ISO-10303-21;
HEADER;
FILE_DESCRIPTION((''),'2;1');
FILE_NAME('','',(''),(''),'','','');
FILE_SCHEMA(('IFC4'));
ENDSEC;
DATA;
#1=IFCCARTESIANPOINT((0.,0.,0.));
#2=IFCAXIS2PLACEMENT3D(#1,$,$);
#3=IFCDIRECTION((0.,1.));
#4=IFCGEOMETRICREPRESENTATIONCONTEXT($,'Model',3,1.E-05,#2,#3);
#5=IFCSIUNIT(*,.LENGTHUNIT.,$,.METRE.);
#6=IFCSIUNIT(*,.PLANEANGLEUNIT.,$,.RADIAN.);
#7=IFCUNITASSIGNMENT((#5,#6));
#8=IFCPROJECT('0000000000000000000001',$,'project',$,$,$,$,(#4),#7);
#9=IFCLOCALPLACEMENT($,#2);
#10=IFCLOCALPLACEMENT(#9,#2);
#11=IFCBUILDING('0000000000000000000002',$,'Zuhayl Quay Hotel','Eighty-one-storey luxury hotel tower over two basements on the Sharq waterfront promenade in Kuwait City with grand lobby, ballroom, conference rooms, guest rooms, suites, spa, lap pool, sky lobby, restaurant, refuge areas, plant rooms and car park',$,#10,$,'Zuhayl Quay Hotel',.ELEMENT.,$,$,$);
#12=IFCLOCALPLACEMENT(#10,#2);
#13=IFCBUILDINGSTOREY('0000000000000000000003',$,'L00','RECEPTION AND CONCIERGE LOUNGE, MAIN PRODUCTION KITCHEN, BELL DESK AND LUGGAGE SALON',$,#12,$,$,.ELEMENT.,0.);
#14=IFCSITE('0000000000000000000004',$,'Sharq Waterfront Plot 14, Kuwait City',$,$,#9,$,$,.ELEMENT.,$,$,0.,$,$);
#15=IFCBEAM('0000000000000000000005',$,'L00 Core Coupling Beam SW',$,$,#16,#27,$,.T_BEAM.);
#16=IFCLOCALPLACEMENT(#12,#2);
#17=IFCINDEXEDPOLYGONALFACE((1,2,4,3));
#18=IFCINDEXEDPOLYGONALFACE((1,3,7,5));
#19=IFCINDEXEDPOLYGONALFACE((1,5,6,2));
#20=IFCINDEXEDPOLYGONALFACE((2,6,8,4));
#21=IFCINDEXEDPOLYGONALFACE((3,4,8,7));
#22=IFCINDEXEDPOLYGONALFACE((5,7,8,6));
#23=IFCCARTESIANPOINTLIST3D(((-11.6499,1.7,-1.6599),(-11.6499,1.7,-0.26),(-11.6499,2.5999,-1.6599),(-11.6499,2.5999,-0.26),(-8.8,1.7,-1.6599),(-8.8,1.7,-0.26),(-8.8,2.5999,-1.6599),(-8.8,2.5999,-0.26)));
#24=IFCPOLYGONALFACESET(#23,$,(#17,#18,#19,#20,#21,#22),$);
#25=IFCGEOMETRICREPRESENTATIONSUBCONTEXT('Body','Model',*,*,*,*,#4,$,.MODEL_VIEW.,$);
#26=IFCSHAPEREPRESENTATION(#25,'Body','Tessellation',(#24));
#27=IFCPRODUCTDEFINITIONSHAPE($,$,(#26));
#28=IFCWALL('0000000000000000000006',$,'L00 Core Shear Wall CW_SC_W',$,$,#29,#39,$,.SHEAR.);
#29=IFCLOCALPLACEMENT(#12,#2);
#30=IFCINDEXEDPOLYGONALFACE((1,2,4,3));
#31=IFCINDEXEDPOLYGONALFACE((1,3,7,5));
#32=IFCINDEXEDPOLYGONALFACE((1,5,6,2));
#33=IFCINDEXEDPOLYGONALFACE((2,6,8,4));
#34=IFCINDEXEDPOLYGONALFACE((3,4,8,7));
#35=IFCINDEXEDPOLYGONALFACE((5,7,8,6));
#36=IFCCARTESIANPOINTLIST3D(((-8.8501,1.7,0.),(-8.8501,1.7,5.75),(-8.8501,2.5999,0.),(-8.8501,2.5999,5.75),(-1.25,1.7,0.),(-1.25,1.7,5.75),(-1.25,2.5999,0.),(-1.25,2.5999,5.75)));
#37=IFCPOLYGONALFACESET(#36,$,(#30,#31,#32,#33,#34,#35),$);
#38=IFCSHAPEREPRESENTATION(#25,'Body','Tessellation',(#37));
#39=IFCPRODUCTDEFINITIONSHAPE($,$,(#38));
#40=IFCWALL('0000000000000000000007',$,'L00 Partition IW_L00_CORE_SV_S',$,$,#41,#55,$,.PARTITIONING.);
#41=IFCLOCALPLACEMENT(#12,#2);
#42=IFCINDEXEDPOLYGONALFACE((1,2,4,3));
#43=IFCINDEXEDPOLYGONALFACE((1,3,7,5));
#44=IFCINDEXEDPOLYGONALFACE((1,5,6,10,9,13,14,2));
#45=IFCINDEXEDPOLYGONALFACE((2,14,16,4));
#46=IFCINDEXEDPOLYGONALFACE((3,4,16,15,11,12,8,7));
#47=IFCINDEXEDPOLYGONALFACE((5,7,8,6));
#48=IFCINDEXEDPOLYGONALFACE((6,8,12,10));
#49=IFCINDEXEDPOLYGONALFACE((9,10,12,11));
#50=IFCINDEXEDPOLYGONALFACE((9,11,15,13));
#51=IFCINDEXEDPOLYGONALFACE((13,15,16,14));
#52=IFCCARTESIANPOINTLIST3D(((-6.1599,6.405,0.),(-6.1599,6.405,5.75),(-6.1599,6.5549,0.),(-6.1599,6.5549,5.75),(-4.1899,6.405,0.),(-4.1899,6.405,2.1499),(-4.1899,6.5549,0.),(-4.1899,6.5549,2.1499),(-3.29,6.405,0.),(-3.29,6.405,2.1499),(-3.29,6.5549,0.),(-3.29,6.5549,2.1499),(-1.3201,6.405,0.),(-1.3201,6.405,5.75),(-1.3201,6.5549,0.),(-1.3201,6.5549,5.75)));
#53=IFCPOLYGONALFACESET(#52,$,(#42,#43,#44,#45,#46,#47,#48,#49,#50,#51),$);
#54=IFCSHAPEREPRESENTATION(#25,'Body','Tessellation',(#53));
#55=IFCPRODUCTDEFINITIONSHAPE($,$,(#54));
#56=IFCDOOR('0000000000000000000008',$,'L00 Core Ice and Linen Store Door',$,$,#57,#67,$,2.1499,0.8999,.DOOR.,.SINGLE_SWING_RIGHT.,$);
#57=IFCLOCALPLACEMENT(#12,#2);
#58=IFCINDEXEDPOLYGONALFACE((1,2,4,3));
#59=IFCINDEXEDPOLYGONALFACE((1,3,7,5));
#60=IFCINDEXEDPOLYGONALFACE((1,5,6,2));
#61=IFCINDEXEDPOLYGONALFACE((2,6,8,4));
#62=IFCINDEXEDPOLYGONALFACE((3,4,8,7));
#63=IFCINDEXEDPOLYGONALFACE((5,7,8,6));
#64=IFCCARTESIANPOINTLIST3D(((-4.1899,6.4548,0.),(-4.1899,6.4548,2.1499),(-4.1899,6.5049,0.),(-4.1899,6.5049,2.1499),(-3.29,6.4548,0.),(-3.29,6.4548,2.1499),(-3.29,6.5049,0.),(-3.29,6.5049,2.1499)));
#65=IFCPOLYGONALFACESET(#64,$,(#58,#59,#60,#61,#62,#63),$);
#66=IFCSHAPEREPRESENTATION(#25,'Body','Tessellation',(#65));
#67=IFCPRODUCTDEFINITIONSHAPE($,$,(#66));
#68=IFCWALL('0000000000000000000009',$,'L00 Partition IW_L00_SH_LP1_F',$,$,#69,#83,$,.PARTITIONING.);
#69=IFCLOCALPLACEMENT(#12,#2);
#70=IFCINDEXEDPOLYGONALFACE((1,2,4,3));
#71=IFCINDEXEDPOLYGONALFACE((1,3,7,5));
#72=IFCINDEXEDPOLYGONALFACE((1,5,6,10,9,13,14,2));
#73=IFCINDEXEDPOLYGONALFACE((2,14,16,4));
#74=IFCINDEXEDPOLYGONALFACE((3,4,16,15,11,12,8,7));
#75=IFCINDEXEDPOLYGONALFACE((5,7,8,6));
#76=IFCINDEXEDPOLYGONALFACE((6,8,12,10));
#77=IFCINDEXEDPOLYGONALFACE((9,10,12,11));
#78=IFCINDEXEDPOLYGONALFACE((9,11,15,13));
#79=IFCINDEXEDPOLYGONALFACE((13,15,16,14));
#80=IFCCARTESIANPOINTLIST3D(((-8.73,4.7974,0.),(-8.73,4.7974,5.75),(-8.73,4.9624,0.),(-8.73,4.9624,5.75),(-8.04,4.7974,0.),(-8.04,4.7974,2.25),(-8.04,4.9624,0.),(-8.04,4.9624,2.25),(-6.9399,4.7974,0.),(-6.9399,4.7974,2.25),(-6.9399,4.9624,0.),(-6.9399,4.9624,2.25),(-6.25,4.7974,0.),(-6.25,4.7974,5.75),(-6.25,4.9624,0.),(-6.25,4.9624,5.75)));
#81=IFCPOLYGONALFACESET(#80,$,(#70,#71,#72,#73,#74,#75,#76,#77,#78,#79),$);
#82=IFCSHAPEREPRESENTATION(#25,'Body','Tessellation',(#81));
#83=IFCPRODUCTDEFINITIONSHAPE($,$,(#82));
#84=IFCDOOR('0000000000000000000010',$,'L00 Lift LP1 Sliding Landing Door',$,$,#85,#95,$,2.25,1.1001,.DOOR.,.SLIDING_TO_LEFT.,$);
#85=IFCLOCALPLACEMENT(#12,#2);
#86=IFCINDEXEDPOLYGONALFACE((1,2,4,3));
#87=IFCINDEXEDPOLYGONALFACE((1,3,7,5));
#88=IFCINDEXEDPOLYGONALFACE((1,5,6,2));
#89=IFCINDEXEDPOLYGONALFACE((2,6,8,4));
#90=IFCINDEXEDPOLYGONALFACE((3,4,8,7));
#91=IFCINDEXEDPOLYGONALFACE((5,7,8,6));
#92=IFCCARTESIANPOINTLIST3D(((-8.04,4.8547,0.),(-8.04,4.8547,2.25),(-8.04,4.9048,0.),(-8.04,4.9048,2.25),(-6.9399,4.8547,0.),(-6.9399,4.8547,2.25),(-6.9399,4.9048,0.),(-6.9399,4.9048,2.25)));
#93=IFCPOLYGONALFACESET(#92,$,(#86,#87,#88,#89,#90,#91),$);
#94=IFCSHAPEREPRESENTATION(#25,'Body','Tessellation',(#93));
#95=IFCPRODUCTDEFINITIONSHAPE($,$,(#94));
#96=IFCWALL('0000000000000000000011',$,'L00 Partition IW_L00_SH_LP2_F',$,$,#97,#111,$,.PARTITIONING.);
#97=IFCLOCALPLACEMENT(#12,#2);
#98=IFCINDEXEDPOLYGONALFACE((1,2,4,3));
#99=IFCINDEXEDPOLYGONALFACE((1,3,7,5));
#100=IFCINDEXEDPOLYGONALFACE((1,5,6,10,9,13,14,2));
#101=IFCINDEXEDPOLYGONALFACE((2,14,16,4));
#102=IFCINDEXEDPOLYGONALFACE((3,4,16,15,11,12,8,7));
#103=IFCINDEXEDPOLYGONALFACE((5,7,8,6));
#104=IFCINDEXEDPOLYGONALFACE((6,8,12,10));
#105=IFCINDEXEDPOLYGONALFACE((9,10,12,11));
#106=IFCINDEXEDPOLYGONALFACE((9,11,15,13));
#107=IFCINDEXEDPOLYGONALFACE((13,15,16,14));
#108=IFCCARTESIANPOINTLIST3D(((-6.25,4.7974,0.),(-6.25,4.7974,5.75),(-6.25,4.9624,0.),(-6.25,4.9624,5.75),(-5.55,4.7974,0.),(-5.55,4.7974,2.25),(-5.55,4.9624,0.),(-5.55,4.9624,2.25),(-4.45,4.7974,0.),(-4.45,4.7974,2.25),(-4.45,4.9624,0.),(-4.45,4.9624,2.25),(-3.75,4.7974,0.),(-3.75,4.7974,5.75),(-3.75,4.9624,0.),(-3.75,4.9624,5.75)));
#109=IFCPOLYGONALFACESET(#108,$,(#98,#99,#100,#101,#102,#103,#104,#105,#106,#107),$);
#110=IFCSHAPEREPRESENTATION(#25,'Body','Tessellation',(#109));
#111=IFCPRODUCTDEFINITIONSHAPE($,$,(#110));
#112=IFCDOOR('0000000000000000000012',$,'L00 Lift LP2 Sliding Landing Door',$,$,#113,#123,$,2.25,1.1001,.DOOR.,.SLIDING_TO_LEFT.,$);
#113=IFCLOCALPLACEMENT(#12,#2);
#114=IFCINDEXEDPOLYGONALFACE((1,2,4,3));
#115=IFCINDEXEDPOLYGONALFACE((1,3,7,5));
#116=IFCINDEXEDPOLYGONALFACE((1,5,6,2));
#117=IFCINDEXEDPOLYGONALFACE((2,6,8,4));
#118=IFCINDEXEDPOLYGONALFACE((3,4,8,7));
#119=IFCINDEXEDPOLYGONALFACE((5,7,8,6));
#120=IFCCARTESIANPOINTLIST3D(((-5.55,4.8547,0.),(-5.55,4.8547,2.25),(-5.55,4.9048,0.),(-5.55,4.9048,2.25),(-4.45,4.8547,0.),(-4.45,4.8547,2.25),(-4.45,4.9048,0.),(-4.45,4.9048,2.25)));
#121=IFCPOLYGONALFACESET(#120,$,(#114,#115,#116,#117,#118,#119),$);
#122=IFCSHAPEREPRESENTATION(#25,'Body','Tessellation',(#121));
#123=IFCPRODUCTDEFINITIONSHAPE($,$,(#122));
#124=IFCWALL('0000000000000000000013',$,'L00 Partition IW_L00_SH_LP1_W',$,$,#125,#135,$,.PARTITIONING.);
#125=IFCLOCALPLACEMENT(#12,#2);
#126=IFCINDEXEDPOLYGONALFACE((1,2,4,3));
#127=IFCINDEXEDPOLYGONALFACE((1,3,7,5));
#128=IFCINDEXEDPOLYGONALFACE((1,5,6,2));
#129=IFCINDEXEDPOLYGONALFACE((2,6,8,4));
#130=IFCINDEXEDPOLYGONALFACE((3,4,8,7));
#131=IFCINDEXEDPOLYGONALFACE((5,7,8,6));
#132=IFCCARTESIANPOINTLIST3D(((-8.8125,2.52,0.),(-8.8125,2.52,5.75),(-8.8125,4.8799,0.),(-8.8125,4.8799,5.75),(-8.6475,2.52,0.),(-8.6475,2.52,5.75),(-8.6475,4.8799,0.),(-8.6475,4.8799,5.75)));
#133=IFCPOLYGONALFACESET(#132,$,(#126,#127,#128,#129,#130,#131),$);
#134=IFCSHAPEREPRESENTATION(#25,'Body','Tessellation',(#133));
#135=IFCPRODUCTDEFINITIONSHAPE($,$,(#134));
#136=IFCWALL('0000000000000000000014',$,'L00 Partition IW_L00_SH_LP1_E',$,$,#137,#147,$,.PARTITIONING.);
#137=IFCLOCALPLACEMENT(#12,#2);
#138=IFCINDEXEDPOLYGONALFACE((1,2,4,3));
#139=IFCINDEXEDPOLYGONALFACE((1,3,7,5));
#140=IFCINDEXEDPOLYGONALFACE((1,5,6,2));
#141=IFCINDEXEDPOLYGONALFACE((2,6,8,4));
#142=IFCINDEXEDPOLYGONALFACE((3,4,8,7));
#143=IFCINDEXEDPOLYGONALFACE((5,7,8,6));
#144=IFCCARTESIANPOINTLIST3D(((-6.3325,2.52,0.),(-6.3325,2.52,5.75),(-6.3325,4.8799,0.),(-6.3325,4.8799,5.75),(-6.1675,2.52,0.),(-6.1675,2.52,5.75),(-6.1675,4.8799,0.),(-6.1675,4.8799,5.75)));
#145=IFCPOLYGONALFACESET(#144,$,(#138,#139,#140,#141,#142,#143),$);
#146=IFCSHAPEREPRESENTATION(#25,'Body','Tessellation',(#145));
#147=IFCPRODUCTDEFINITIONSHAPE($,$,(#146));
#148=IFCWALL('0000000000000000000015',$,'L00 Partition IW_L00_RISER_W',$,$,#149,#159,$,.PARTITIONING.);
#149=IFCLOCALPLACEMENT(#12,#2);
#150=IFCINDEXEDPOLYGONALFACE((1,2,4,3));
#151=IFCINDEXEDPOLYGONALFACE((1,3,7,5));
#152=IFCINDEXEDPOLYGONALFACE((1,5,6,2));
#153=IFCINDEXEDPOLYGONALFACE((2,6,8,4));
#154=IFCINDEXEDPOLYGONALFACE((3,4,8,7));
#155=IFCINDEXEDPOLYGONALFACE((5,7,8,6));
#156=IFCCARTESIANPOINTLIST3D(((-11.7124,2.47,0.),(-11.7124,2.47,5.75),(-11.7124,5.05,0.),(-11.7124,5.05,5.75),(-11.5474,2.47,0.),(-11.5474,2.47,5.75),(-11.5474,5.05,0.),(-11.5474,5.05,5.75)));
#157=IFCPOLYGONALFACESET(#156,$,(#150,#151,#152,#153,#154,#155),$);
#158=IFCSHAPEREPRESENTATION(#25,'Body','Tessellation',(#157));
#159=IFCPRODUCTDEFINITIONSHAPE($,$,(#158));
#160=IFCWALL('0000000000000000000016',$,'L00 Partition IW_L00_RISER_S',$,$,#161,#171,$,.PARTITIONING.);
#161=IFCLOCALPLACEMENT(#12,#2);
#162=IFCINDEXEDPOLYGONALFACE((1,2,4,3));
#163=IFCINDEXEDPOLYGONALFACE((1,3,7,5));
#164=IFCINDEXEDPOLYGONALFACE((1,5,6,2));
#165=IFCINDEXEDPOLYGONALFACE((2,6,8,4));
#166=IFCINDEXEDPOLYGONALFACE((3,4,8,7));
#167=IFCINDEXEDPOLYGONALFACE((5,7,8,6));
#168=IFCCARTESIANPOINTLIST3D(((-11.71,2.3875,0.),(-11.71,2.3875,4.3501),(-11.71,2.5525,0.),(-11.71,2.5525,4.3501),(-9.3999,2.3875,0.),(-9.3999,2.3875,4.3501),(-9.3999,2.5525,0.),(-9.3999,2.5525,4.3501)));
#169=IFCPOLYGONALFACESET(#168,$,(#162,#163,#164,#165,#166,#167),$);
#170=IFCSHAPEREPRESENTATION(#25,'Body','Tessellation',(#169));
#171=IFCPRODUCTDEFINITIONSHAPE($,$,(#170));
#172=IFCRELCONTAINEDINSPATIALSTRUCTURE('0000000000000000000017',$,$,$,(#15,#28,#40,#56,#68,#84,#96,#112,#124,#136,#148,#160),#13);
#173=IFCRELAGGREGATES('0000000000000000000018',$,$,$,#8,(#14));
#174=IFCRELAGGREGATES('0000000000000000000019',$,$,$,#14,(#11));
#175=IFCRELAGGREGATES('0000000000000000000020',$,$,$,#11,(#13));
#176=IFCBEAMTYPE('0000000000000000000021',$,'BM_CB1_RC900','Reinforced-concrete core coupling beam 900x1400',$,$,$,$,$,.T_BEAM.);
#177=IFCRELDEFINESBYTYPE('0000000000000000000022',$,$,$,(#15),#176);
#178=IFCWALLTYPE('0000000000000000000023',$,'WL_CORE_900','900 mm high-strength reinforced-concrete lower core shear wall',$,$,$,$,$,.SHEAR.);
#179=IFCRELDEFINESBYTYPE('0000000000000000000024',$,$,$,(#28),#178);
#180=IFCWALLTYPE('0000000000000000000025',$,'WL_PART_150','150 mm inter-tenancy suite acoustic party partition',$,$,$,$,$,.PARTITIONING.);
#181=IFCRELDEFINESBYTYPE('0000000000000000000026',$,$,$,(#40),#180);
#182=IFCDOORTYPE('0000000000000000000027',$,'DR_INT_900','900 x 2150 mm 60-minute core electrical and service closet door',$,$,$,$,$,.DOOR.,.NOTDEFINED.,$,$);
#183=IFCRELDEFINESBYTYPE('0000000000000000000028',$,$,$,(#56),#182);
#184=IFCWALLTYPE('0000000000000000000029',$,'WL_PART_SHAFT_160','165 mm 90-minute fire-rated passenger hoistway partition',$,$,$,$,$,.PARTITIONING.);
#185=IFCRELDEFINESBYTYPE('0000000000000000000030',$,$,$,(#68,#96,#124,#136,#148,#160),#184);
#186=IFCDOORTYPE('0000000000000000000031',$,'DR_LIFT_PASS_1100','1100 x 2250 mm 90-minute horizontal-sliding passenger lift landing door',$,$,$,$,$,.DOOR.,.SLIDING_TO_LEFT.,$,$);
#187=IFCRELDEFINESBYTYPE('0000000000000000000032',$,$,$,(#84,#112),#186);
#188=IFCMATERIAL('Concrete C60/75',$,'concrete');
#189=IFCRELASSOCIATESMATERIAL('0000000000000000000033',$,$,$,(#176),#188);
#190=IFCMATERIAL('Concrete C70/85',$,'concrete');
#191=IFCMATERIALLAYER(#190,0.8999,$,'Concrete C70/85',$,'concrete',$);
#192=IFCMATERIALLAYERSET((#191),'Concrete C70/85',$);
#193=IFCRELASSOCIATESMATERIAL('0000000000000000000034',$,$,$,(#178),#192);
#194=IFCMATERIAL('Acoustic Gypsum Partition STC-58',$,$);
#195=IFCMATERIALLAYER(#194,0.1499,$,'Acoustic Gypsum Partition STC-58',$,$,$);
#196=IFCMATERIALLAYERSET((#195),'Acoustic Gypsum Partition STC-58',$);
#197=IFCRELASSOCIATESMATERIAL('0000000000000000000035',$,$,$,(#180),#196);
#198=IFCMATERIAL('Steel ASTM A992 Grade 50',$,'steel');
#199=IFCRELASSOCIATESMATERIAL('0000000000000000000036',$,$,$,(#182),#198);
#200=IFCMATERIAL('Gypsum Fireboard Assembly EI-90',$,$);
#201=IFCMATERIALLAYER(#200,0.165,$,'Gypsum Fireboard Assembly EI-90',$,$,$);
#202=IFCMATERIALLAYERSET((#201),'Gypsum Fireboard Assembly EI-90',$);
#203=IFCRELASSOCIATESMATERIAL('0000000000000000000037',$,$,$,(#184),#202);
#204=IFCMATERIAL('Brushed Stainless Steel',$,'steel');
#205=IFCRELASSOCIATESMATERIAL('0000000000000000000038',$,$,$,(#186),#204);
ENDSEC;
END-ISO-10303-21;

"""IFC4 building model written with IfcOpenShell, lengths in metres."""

from ifc_helpers import new_model, si_unit, direction, frame, frame_2d, origin, origin_2d, place, context, subcontext, project, spatial, rectangle, extrude, material, layer, layer_set, material_profile, profile_set, type_object, element, fill, save


model = new_model("IFC4")

# Units and contexts
model_context = context("Model", 3, precision=1e-05, world=origin(), true_north=direction((0.0, 1.0)))
body_context = subcontext(model_context, "Body", "Model", "MODEL_VIEW")
ifc_project = project(units=[si_unit("LENGTHUNIT", "METRE"), si_unit("PLANEANGLEUNIT", "RADIAN")], contexts=[model_context])

# Site, building, storey
site_placement = place(None, origin())
site = spatial("IfcSite", under=ifc_project, at=site_placement, Name="Sharq Waterfront Plot 14, Kuwait City", CompositionType="ELEMENT", RefElevation=0.0)
building_placement = place(site_placement, origin())
building = spatial("IfcBuilding", under=site, at=building_placement, Name="Zuhayl Quay Hotel", Description="Eighty-one-storey luxury hotel tower over two basements on the Sharq waterfront promenade in Kuwait City with grand lobby, ballroom, conference rooms, guest rooms, suites, spa, lap pool, sky lobby, restaurant, refuge areas, plant rooms and car park", LongName="Zuhayl Quay Hotel", CompositionType="ELEMENT")
storey_placement = place(building_placement, origin())
storey = spatial("IfcBuildingStorey", under=building, at=storey_placement, Name="L00", Description="RECEPTION AND CONCIERGE LOUNGE, MAIN PRODUCTION KITCHEN, BELL DESK AND LUGGAGE SALON", CompositionType="ELEMENT", Elevation=0.0)

# Beam
ifc_material_1 = material(Name="Concrete C60/75", Category="concrete")
ifc_material_profile = material_profile(ifc_material_1, rectangle(XDim=0.8999, YDim=1.3999, at=origin_2d()), Name="RC900X1400")
ifc_profile_set = profile_set([ifc_material_profile], Name="Concrete C60/75")
beam_type = type_object("IfcBeamType", Name="BM_CB1_RC900", Description="Reinforced-concrete core coupling beam 900x1400", PredefinedType="T_BEAM", material=ifc_profile_set)
beam_placement = place(storey_placement, frame((-11.6499, 2.1499, -0.96), z_axis=(1.0, 0.0, 0.0), x_axis=(0.0, 1.0, 0.0)))
element("IfcBeam", 1, at=beam_placement, inside=storey, type_object=beam_type, Name="L00 Core Coupling Beam SW", PredefinedType="T_BEAM", context=body_context, shape_type="SweptSolid", body=[
    extrude(rectangle(XDim=0.8999, YDim=1.3999, at=origin_2d()), origin(), (0.0, 0.0, 1.0), 2.8499),
])

# Wall
ifc_material_2 = material(Name="Concrete C70/85", Category="concrete")
ifc_layer_1 = layer(ifc_material_2, 0.8999, Name="Concrete C70/85", Category="concrete")
ifc_layer_set_1 = layer_set([ifc_layer_1], Name="Concrete C70/85")
wall_type_1 = type_object("IfcWallType", Name="WL_CORE_900", Description="900 mm high-strength reinforced-concrete lower core shear wall", PredefinedType="SHEAR", material=ifc_layer_set_1)
wall_1_placement = place(storey_placement, frame((-8.8501, 2.1499, 0.0), z_axis=(0.0, 0.0, 1.0), x_axis=(1.0, 0.0, 0.0)))
element("IfcWall", 2, at=wall_1_placement, inside=storey, type_object=wall_type_1, Name="L00 Core Shear Wall CW_SC_W", PredefinedType="SHEAR", context=body_context, shape_type="SweptSolid", body=[
    extrude(rectangle(XDim=7.6001, YDim=0.8999, at=frame_2d((3.8, 0.0))), origin(), (0.0, 0.0, 1.0), 5.75),
])

# Walls, openings, doors
ifc_material_3 = material(Name="Acoustic Gypsum Partition STC-58")
ifc_layer_2 = layer(ifc_material_3, 0.1499, Name="Acoustic Gypsum Partition STC-58")
ifc_layer_set_2 = layer_set([ifc_layer_2], Name="Acoustic Gypsum Partition STC-58")
wall_type_2 = type_object("IfcWallType", Name="WL_PART_150", Description="150 mm inter-tenancy suite acoustic party partition", PredefinedType="PARTITIONING", material=ifc_layer_set_2)
wall_2_placement = place(storey_placement, frame((-6.1599, 6.48, 0.0), z_axis=(0.0, 0.0, 1.0), x_axis=(1.0, 0.0, 0.0)))
wall_2 = element("IfcWall", 3, at=wall_2_placement, inside=storey, type_object=wall_type_2, Name="L00 Partition IW_L00_CORE_SV_S", PredefinedType="PARTITIONING", context=body_context, shape_type="SweptSolid", body=[
    extrude(rectangle(XDim=4.8398, YDim=0.1499, at=frame_2d((2.4199, 0.0))), origin(), (0.0, 0.0, 1.0), 5.75),
])
opening_1_placement = place(wall_2_placement, frame((1.97, 0.0, 0.0)))
opening_1 = element("IfcOpeningElement", 4, at=opening_1_placement, cuts=wall_2, PredefinedType="OPENING", context=body_context, shape_type="SweptSolid", body=[
    extrude(rectangle(XDim=0.8999, YDim=2.1499, at=frame_2d((0.45, 1.075))), frame((0.0, 0.085, 0.0), z_axis=(0.0, -1.0, 0.0), x_axis=(1.0, 0.0, 0.0)), (0.0, 0.0, 1.0), 0.1699),
])
ifc_material_4 = material(Name="Steel ASTM A992 Grade 50", Category="steel")
door_type_1 = type_object("IfcDoorType", Name="DR_INT_900", Description="900 x 2150 mm 60-minute core electrical and service closet door", OperationType="NOTDEFINED", PredefinedType="DOOR", material=ifc_material_4)
door_1_placement = place(opening_1_placement, origin())
door_1 = element("IfcDoor", 5, at=door_1_placement, inside=storey, type_object=door_type_1, Name="L00 Core Ice and Linen Store Door", OperationType="SINGLE_SWING_RIGHT", OverallHeight=2.1499, OverallWidth=0.8999, PredefinedType="DOOR", context=body_context, shape_type="SweptSolid", body=[
    extrude(rectangle(XDim=0.8999, YDim=2.1499, at=frame_2d((0.45, 1.075))), frame((0.0, 0.0249, 0.0), z_axis=(0.0, -1.0, 0.0), x_axis=(1.0, 0.0, 0.0)), (0.0, 0.0, 1.0), 0.05),
])
fill(opening_1, door_1)
ifc_material_5 = material(Name="Gypsum Fireboard Assembly EI-90")
ifc_layer_3 = layer(ifc_material_5, 0.165, Name="Gypsum Fireboard Assembly EI-90")
ifc_layer_set_3 = layer_set([ifc_layer_3], Name="Gypsum Fireboard Assembly EI-90")
wall_type_3 = type_object("IfcWallType", Name="WL_PART_SHAFT_160", Description="165 mm 90-minute fire-rated passenger hoistway partition", PredefinedType="PARTITIONING", material=ifc_layer_set_3)
wall_3_placement = place(storey_placement, frame((-8.73, 4.8799, 0.0), z_axis=(0.0, 0.0, 1.0), x_axis=(1.0, 0.0, 0.0)))
wall_3 = element("IfcWall", 6, at=wall_3_placement, inside=storey, type_object=wall_type_3, Name="L00 Partition IW_L00_SH_LP1_F", PredefinedType="PARTITIONING", context=body_context, shape_type="SweptSolid", body=[
    extrude(rectangle(XDim=2.48, YDim=0.165, at=frame_2d((1.24, 0.0))), origin(), (0.0, 0.0, 1.0), 5.75),
])
opening_2_placement = place(wall_3_placement, frame((0.6899, 0.0, 0.0)))
opening_2 = element("IfcOpeningElement", 7, at=opening_2_placement, cuts=wall_3, PredefinedType="OPENING", context=body_context, shape_type="SweptSolid", body=[
    extrude(rectangle(XDim=1.1001, YDim=2.25, at=frame_2d((0.55, 1.125))), frame((0.0, 0.0925, 0.0), z_axis=(0.0, -1.0, 0.0), x_axis=(1.0, 0.0, 0.0)), (0.0, 0.0, 1.0), 0.1851),
])
ifc_material_6 = material(Name="Brushed Stainless Steel", Category="steel")
door_type_2 = type_object("IfcDoorType", Name="DR_LIFT_PASS_1100", Description="1100 x 2250 mm 90-minute horizontal-sliding passenger lift landing door", OperationType="SLIDING_TO_LEFT", PredefinedType="DOOR", material=ifc_material_6)
door_2_placement = place(opening_2_placement, origin())
door_2 = element("IfcDoor", 8, at=door_2_placement, inside=storey, type_object=door_type_2, Name="L00 Lift LP1 Sliding Landing Door", OperationType="SLIDING_TO_LEFT", OverallHeight=2.25, OverallWidth=1.1001, PredefinedType="DOOR", context=body_context, shape_type="SweptSolid", body=[
    extrude(rectangle(XDim=1.1001, YDim=2.25, at=frame_2d((0.55, 1.125))), frame((0.0, 0.0249, 0.0), z_axis=(0.0, -1.0, 0.0), x_axis=(1.0, 0.0, 0.0)), (0.0, 0.0, 1.0), 0.05),
])
fill(opening_2, door_2)
wall_4_placement = place(storey_placement, frame((-6.25, 4.8799, 0.0), z_axis=(0.0, 0.0, 1.0), x_axis=(1.0, 0.0, 0.0)))
wall_4 = element("IfcWall", 9, at=wall_4_placement, inside=storey, type_object=wall_type_3, Name="L00 Partition IW_L00_SH_LP2_F", PredefinedType="PARTITIONING", context=body_context, shape_type="SweptSolid", body=[
    extrude(rectangle(XDim=2.5, YDim=0.165, at=frame_2d((1.25, 0.0))), origin(), (0.0, 0.0, 1.0), 5.75),
])
opening_3_placement = place(wall_4_placement, frame((0.7, 0.0, 0.0)))
opening_3 = element("IfcOpeningElement", 10, at=opening_3_placement, cuts=wall_4, PredefinedType="OPENING", context=body_context, shape_type="SweptSolid", body=[
    extrude(rectangle(XDim=1.1001, YDim=2.25, at=frame_2d((0.55, 1.125))), frame((0.0, 0.0925, 0.0), z_axis=(0.0, -1.0, 0.0), x_axis=(1.0, 0.0, 0.0)), (0.0, 0.0, 1.0), 0.1851),
])
door_3_placement = place(opening_3_placement, origin())
door_3 = element("IfcDoor", 11, at=door_3_placement, inside=storey, type_object=door_type_2, Name="L00 Lift LP2 Sliding Landing Door", OperationType="SLIDING_TO_LEFT", OverallHeight=2.25, OverallWidth=1.1001, PredefinedType="DOOR", context=body_context, shape_type="SweptSolid", body=[
    extrude(rectangle(XDim=1.1001, YDim=2.25, at=frame_2d((0.55, 1.125))), frame((0.0, 0.0249, 0.0), z_axis=(0.0, -1.0, 0.0), x_axis=(1.0, 0.0, 0.0)), (0.0, 0.0, 1.0), 0.05),
])
fill(opening_3, door_3)

# Walls
for number, where, z_axis, x_axis, name in (
    (12, (-8.73, 2.52, 0.0), (0.0, 0.0, 1.0), (0.0, 1.0, 0.0), "L00 Partition IW_L00_SH_LP1_W"),
    (13, (-6.25, 2.52, 0.0), (0.0, 0.0, 1.0), (0.0, 1.0, 0.0), "L00 Partition IW_L00_SH_LP1_E"),
):
    element("IfcWall", number, at=place(storey_placement, frame(where, z_axis=z_axis, x_axis=x_axis)), inside=storey, type_object=wall_type_3, Name=name, PredefinedType="PARTITIONING", context=body_context, shape_type="SweptSolid", body=[
        extrude(rectangle(XDim=2.3599, YDim=0.165, at=frame_2d((1.1799, 0.0))), origin(), (0.0, 0.0, 1.0), 5.75),
    ])
wall_5_placement = place(storey_placement, frame((-11.6299, 2.47, 0.0), z_axis=(0.0, 0.0, 1.0), x_axis=(0.0, 1.0, 0.0)))
element("IfcWall", 14, at=wall_5_placement, inside=storey, type_object=wall_type_3, Name="L00 Partition IW_L00_RISER_W", PredefinedType="PARTITIONING", context=body_context, shape_type="SweptSolid", body=[
    extrude(rectangle(XDim=2.5801, YDim=0.165, at=frame_2d((1.29, 0.0))), origin(), (0.0, 0.0, 1.0), 5.75),
])
wall_6_placement = place(storey_placement, frame((-11.71, 2.47, 0.0), z_axis=(0.0, 0.0, 1.0), x_axis=(1.0, 0.0, 0.0)))
element("IfcWall", 15, at=wall_6_placement, inside=storey, type_object=wall_type_3, Name="L00 Partition IW_L00_RISER_S", PredefinedType="PARTITIONING", context=body_context, shape_type="SweptSolid", body=[
    extrude(rectangle(XDim=2.3101, YDim=0.165, at=frame_2d((1.155, 0.0))), origin(), (0.0, 0.0, 1.0), 4.3501),
])

save(model, "model.ifc")
